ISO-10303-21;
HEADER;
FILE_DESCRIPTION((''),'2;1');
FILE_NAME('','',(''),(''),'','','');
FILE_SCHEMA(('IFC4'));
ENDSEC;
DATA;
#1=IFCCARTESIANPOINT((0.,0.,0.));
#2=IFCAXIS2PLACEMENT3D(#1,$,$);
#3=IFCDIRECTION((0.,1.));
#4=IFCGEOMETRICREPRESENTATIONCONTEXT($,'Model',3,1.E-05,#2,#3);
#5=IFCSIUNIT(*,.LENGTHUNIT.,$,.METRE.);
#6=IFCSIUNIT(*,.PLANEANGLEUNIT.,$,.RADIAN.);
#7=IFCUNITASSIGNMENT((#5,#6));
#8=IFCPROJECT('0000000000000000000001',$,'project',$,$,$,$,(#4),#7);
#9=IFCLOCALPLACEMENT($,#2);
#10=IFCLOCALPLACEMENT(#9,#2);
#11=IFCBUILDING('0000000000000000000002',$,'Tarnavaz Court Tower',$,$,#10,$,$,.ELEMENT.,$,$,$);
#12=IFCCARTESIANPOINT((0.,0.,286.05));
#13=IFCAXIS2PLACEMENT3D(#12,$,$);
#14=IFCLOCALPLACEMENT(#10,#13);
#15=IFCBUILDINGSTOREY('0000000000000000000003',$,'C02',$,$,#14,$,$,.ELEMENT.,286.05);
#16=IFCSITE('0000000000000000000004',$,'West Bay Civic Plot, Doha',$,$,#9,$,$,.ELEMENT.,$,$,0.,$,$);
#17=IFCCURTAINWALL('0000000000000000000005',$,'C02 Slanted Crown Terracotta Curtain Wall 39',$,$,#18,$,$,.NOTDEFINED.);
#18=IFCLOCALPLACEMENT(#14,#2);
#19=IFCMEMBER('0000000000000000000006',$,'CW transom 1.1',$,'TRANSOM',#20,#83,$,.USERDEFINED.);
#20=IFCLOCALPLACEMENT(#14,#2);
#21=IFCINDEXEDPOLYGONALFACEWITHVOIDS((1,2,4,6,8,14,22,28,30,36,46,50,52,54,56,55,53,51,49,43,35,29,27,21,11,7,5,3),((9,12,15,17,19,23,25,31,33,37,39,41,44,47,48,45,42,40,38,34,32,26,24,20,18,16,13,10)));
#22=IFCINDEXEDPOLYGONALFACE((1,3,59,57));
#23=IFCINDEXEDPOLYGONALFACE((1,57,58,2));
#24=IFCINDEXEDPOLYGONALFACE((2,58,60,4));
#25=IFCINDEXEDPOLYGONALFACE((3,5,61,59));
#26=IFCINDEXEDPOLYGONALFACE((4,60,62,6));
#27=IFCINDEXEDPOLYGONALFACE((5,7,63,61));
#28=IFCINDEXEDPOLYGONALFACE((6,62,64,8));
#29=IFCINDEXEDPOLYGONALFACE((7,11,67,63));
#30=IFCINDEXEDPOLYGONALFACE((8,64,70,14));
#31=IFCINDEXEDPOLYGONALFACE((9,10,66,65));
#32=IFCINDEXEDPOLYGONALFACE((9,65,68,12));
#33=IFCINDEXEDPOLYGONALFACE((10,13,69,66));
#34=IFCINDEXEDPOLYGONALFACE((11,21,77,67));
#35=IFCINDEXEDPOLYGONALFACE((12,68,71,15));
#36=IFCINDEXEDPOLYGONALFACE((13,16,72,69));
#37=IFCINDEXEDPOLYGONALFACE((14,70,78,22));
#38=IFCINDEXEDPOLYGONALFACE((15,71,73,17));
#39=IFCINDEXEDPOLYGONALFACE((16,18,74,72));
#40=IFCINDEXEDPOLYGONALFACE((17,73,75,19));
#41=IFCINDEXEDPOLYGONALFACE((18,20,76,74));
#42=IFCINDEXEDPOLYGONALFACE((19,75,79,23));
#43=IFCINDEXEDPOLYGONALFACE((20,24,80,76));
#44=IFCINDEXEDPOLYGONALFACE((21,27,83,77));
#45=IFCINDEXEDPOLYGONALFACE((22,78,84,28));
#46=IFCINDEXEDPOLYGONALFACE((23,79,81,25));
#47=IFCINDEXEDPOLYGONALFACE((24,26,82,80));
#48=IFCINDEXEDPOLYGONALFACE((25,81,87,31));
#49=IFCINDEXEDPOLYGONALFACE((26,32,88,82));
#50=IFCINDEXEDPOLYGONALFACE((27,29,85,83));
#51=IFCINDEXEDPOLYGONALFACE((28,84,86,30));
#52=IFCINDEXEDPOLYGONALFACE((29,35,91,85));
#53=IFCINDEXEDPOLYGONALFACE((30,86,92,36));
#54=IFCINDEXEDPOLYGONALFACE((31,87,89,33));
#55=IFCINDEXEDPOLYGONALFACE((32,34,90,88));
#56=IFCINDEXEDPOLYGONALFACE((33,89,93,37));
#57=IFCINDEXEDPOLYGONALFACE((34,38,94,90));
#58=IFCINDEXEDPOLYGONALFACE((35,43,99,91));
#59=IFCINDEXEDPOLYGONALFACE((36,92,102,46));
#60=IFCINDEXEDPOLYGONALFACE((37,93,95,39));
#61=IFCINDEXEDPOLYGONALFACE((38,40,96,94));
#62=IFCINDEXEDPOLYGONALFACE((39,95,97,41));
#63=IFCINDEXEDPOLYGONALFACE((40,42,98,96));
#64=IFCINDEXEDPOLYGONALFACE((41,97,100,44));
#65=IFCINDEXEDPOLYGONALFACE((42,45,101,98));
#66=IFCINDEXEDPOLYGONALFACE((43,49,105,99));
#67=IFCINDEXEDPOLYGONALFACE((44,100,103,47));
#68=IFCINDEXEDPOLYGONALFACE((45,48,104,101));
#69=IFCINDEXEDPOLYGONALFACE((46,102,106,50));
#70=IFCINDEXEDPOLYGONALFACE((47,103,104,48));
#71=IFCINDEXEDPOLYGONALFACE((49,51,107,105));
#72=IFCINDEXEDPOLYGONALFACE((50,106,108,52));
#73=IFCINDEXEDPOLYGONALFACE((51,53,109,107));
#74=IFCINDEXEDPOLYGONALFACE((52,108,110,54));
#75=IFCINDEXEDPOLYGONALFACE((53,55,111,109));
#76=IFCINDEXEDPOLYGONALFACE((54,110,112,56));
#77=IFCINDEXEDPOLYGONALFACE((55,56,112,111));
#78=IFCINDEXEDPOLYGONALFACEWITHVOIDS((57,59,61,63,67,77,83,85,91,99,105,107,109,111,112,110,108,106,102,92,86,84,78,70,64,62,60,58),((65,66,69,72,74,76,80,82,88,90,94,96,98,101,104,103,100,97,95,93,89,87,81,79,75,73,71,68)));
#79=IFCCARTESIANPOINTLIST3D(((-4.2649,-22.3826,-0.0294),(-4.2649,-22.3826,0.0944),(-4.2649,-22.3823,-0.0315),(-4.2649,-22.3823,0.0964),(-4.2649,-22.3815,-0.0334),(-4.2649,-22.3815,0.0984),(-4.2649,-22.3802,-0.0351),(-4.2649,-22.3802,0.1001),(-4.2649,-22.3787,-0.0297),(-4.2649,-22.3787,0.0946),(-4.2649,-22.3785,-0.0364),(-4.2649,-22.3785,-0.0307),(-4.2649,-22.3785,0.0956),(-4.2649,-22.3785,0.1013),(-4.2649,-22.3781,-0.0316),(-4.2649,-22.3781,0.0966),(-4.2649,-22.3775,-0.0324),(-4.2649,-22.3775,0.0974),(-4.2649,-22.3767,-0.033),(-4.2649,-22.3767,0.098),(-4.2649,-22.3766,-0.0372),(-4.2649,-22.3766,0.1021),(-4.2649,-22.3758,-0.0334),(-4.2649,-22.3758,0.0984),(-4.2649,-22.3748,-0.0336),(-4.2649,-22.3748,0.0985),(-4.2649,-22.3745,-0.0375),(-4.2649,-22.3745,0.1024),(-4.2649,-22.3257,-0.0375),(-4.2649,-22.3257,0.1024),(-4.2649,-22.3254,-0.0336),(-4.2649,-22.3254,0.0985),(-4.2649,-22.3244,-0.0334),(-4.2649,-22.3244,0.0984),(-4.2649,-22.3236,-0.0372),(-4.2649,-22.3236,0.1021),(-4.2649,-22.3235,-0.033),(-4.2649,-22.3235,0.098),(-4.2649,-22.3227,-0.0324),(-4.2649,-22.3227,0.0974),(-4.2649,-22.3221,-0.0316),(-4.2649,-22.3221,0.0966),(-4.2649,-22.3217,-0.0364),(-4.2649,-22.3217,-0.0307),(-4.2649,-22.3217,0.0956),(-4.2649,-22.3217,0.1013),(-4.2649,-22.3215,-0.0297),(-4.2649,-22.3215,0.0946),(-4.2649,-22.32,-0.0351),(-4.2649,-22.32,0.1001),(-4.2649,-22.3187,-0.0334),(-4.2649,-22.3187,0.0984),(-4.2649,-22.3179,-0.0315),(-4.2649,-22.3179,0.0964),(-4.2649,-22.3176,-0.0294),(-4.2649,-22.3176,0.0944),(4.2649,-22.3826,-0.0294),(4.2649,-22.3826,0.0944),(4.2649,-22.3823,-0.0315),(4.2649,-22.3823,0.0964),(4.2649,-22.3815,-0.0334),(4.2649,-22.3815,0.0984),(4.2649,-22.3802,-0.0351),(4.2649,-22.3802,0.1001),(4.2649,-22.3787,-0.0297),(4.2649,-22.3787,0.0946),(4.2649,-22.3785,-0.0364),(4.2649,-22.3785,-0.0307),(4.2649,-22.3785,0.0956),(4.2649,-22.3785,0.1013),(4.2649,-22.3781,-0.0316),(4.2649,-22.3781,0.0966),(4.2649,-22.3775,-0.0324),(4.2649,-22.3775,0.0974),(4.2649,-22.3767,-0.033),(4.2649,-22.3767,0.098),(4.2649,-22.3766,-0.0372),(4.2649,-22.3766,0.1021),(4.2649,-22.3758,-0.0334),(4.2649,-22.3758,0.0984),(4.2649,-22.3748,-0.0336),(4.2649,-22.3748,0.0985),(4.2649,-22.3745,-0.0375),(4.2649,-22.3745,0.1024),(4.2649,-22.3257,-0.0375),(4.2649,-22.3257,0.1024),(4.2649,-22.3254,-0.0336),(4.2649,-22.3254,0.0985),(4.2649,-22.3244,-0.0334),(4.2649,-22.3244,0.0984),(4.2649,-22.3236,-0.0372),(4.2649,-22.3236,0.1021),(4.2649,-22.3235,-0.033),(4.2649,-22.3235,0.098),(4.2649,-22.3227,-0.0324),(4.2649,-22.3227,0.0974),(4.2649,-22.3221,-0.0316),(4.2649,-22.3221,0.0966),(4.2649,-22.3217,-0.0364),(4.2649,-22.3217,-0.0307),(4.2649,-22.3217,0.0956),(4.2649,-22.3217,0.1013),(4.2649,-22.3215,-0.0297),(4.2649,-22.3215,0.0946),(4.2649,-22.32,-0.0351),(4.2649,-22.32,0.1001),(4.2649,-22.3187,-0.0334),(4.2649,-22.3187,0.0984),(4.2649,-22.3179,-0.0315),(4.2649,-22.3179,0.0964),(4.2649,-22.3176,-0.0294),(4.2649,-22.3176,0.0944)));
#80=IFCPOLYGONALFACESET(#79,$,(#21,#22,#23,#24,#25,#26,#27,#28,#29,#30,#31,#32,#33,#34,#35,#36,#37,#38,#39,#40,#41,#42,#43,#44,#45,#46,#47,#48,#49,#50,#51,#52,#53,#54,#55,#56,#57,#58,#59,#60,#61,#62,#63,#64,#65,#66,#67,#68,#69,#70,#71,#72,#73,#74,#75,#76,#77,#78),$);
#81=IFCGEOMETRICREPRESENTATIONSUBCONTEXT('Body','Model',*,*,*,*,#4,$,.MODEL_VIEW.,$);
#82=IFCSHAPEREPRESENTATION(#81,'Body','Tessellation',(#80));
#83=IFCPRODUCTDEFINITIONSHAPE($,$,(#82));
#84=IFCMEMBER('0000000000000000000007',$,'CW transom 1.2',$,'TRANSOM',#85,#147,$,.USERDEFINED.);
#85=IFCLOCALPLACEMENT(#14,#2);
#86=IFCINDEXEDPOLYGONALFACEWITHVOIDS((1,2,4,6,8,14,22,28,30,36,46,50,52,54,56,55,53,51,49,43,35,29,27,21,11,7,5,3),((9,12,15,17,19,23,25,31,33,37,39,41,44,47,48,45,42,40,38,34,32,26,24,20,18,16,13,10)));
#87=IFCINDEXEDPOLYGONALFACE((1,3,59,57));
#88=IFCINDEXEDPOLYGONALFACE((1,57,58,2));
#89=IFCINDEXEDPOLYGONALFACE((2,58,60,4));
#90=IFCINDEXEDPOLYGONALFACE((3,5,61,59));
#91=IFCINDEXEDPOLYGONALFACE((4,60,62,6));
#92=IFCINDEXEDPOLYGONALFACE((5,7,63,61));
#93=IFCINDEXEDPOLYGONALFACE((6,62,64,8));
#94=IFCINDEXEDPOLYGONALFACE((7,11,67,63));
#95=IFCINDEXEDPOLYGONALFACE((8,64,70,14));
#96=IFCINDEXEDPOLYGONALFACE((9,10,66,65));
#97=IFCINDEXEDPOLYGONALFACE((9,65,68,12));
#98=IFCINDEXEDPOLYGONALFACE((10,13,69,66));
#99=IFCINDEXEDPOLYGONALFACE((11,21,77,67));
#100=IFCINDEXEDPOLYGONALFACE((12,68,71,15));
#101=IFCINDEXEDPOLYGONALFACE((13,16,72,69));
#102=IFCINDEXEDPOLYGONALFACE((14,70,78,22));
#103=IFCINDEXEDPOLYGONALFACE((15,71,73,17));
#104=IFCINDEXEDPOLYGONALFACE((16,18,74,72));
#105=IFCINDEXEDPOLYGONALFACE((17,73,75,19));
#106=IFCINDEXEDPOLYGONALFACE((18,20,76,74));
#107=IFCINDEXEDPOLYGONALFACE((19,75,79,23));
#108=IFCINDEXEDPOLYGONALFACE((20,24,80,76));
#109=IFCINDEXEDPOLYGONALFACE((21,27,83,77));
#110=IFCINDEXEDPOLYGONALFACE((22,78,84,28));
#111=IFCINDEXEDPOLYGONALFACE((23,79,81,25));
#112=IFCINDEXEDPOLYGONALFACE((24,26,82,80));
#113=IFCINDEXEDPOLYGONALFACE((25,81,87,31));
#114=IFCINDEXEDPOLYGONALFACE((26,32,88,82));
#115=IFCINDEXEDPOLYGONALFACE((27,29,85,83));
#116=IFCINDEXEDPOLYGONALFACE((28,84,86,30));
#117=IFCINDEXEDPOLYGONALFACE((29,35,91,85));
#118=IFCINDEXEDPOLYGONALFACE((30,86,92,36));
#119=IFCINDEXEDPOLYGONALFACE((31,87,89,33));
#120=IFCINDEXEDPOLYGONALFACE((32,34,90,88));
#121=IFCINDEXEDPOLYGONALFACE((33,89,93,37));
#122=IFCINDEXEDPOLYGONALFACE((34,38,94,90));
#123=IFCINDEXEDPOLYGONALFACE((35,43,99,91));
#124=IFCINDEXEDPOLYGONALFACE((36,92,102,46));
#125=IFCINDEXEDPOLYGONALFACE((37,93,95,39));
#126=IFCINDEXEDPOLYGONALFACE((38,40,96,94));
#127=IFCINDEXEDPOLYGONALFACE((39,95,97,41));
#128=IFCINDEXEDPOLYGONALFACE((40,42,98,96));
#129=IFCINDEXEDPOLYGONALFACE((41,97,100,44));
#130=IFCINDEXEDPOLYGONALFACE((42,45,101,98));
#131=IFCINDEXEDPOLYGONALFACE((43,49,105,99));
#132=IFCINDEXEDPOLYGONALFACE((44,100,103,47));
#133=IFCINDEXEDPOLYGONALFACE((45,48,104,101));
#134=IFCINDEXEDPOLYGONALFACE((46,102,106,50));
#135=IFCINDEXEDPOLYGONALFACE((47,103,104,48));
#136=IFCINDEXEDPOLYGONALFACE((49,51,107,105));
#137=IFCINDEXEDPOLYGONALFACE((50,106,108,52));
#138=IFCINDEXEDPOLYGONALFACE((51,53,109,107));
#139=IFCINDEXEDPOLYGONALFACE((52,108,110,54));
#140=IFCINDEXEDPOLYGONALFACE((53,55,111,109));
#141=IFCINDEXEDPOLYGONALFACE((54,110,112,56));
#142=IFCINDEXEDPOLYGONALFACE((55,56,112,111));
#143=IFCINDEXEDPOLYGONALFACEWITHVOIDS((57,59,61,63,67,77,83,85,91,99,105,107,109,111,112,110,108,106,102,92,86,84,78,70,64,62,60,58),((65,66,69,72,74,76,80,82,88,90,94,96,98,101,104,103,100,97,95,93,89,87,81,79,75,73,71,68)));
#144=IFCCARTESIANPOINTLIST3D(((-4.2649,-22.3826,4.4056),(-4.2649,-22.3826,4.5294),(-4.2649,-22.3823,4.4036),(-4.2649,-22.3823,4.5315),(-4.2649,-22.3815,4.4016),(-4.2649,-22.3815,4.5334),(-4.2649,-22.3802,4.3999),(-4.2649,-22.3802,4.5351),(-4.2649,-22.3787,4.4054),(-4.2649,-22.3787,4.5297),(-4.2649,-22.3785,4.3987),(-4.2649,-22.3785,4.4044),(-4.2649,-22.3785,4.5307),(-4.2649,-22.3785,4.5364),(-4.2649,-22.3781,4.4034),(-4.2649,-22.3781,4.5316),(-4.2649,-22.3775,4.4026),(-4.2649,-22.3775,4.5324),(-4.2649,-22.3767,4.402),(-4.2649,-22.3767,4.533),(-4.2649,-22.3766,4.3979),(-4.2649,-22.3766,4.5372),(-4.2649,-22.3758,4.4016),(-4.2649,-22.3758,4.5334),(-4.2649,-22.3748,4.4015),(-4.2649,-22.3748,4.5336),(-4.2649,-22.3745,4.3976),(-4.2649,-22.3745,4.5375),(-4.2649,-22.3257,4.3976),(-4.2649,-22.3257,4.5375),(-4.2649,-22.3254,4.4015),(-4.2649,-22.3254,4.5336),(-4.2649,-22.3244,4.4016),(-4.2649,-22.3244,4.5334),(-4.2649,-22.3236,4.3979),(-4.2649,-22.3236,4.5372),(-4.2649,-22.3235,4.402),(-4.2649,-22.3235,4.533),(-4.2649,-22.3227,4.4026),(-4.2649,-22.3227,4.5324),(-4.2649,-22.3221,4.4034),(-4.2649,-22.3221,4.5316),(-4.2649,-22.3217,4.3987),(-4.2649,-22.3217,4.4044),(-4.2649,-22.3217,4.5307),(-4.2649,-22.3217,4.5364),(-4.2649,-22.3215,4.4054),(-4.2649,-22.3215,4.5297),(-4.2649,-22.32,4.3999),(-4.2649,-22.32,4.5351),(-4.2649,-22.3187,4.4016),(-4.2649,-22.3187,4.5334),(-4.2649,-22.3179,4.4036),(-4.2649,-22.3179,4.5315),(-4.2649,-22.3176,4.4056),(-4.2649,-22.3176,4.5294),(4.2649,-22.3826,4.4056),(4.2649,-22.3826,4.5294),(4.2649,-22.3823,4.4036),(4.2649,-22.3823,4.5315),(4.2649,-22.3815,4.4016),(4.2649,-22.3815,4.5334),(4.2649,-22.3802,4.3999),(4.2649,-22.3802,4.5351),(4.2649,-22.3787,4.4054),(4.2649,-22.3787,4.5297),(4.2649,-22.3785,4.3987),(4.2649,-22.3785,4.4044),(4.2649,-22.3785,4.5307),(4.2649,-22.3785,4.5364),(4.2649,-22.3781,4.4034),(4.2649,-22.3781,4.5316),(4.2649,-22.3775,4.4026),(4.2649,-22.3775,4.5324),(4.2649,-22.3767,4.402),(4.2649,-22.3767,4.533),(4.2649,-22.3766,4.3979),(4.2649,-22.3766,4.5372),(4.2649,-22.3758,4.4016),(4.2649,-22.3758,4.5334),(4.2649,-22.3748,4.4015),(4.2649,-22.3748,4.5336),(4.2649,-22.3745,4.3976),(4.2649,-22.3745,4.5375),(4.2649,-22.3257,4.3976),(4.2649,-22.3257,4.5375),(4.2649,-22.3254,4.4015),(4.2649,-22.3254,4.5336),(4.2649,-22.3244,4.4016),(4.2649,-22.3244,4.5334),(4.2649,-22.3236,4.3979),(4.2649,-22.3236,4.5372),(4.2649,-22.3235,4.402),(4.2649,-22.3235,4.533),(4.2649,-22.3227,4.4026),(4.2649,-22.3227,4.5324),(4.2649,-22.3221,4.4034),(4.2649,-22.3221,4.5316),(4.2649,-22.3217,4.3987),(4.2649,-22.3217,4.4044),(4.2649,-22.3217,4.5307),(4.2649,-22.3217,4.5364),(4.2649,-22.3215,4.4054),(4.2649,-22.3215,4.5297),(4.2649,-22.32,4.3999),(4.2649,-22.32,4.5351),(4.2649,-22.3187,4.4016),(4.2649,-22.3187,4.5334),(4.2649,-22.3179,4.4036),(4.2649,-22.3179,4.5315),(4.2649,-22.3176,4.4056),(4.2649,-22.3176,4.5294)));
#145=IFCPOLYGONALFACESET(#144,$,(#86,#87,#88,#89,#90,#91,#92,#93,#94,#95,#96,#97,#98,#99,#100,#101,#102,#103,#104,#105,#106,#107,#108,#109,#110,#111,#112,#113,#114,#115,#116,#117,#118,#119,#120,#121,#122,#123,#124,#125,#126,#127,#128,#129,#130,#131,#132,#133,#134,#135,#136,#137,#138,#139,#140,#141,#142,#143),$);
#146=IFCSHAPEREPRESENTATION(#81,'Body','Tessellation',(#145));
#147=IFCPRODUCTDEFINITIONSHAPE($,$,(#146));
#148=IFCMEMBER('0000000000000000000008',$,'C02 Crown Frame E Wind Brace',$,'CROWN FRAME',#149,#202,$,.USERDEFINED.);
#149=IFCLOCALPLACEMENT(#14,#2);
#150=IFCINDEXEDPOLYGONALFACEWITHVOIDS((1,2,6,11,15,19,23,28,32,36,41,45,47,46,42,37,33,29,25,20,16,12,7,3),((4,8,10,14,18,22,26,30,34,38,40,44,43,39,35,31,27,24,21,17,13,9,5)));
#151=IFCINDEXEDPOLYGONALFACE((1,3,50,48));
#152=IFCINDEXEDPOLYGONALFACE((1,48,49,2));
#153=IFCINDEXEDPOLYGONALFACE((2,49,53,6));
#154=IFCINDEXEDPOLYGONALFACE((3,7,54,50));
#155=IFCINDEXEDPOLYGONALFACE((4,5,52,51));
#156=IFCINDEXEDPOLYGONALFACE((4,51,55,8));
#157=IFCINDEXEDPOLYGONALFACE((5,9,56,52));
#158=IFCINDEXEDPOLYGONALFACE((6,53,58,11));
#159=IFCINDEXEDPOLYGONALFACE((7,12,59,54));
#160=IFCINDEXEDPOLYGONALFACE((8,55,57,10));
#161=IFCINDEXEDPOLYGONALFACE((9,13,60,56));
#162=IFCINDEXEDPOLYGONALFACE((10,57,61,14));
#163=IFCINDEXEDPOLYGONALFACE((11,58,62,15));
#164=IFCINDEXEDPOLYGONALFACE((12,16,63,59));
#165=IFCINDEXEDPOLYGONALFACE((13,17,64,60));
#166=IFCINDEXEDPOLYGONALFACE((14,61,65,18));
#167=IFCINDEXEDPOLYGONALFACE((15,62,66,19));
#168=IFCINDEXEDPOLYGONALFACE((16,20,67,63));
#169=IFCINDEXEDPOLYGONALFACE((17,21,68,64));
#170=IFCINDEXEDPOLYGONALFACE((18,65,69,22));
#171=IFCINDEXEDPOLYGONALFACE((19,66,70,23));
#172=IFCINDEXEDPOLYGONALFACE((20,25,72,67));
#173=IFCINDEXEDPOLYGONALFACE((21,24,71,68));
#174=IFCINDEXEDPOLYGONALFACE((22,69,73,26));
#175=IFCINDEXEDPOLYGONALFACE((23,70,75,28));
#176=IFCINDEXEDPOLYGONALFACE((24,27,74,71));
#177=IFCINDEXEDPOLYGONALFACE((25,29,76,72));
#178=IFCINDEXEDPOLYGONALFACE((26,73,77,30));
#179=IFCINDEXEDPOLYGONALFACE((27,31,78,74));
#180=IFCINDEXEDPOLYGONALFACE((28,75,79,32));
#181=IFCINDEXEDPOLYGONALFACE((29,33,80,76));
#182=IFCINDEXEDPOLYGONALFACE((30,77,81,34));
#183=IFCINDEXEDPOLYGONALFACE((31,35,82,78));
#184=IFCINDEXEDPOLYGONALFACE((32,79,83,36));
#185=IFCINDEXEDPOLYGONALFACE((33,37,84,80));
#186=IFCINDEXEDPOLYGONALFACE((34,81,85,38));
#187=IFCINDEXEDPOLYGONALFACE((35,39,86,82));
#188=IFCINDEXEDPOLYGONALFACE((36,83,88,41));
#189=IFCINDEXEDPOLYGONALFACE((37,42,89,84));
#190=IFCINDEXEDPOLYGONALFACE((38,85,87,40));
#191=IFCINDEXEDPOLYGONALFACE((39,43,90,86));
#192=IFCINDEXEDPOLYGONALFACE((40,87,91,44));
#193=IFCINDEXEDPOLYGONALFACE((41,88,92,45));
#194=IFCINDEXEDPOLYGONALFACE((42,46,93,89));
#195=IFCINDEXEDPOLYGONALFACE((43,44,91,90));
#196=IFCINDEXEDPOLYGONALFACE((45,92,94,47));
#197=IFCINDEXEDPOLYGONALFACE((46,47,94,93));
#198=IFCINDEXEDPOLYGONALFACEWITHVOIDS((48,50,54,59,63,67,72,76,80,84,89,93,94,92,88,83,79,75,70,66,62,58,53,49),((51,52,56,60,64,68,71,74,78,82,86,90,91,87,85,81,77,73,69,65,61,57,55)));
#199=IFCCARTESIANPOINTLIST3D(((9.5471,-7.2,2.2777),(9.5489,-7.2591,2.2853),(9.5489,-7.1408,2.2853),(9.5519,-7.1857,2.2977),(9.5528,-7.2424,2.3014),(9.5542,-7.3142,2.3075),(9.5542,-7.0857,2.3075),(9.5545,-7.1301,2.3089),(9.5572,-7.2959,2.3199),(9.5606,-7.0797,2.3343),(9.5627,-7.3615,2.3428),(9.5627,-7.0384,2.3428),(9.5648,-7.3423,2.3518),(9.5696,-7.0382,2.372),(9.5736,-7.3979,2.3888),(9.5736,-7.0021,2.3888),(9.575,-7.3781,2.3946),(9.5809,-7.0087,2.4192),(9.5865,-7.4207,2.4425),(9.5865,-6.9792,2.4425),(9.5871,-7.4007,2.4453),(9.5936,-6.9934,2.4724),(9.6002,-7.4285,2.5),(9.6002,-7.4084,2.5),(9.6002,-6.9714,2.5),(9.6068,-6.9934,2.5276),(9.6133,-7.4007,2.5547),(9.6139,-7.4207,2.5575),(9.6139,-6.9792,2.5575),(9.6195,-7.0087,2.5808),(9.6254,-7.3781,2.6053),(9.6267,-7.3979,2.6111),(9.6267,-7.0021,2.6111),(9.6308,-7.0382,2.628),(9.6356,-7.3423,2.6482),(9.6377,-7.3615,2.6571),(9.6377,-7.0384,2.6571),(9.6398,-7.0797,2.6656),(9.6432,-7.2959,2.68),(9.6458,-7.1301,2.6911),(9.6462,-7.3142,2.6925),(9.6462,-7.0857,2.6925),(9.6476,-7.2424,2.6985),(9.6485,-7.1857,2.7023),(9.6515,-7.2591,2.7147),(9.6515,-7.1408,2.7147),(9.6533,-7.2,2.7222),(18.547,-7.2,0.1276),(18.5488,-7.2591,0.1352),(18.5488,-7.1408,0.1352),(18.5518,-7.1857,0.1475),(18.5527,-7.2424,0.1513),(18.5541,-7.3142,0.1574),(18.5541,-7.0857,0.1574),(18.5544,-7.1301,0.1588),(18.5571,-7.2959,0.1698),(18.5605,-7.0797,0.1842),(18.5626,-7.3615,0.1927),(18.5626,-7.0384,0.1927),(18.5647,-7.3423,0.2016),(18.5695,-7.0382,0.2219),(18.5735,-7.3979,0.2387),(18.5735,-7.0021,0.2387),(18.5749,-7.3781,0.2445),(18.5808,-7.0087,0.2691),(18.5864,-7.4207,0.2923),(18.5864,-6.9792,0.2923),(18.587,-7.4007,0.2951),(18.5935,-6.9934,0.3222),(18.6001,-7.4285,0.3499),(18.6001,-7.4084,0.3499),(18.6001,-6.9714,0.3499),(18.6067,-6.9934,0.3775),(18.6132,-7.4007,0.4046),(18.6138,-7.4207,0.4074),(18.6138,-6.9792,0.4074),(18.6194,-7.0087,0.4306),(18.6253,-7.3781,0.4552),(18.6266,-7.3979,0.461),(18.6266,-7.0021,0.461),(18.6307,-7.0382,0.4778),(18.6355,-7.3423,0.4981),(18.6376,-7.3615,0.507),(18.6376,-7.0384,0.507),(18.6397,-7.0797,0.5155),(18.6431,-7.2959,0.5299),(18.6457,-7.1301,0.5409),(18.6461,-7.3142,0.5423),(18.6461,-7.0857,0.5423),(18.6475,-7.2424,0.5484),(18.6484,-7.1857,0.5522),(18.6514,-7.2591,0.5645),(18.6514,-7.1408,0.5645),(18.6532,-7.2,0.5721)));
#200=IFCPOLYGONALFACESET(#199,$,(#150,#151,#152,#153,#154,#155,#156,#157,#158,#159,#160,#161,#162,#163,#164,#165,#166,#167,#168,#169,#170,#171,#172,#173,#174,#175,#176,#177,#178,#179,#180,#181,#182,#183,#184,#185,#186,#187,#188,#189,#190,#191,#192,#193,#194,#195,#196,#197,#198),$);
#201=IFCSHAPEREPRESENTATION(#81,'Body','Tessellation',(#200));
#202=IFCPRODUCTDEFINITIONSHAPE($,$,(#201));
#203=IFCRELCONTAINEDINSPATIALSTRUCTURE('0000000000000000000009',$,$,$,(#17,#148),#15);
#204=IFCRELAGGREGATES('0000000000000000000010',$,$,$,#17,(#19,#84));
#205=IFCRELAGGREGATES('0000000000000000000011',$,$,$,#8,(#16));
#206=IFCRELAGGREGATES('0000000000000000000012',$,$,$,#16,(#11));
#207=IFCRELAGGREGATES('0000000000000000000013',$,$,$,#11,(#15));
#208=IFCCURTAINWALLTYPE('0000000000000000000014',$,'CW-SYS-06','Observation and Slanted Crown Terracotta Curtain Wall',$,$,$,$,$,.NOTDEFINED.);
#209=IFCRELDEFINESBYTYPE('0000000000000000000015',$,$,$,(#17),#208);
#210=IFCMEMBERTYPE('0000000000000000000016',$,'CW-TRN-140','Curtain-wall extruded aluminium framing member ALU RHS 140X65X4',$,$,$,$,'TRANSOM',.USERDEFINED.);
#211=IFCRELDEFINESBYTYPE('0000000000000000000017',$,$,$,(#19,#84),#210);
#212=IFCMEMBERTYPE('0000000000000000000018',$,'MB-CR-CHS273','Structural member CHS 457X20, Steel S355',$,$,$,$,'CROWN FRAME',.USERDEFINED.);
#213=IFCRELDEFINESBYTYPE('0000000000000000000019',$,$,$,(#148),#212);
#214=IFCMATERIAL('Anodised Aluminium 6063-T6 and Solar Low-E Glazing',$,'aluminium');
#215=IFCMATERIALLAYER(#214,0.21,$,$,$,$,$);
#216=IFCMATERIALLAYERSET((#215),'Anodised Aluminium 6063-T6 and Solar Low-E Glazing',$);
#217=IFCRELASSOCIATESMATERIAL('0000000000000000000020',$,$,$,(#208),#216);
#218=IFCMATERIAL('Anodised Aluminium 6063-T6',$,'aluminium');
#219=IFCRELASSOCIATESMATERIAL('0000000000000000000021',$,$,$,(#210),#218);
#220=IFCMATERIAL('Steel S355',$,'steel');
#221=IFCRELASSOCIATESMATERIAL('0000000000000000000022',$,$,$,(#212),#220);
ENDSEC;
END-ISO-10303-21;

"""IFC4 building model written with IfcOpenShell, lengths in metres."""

from ifc_helpers import new_model, si_unit, direction, frame, origin, origin_2d, place, context, subcontext, project, spatial, hollow_rectangle, hollow_circle, extrude, material, layer, layer_set, material_profile, profile_set, type_object, element, aggregate, save


model = new_model("IFC4")

# Units and contexts
model_context = context("Model", 3, precision=1e-05, world=origin(), true_north=direction((0.0, 1.0)))
body_context = subcontext(model_context, "Body", "Model", "MODEL_VIEW")
ifc_project = project(units=[si_unit("LENGTHUNIT", "METRE"), si_unit("PLANEANGLEUNIT", "RADIAN")], contexts=[model_context])

# Site, building, storey
site_placement = place(None, origin())
site = spatial("IfcSite", under=ifc_project, at=site_placement, Name="West Bay Civic Plot, Doha", CompositionType="ELEMENT", RefElevation=0.0)
building_placement = place(site_placement, origin())
building = spatial("IfcBuilding", under=site, at=building_placement, Name="Tarnavaz Court Tower", CompositionType="ELEMENT")
storey_placement = place(building_placement, frame((0.0, 0.0, 286.05)))
storey = spatial("IfcBuildingStorey", under=building, at=storey_placement, Name="C02", CompositionType="ELEMENT", Elevation=286.05)

# Shared definitions
ifc_material_1 = material(Name="Steel S355", Category="steel")

# Shared definitions
ifc_material_2 = material(Name="Anodised Aluminium 6063-T6 and Solar Low-E Glazing", Category="aluminium")
ifc_layer_1 = layer(ifc_material_2, 0.21)
ifc_layer_set_1 = layer_set([ifc_layer_1], Name="Anodised Aluminium 6063-T6 and Solar Low-E Glazing")
curtain_wall_type = type_object("IfcCurtainWallType", Name="CW-SYS-06", Description="Observation and Slanted Crown Terracotta Curtain Wall", PredefinedType="NOTDEFINED", material=ifc_layer_set_1)
ifc_material_3 = material(Name="Anodised Aluminium 6063-T6", Category="aluminium")

# Curtain wall
curtain_wall_1_placement = place(storey_placement, origin())
curtain_wall_1 = element("IfcCurtainWall", 1, at=curtain_wall_1_placement, inside=storey, type_object=curtain_wall_type, Name="C02 Slanted Crown Terracotta Curtain Wall 39", PredefinedType="NOTDEFINED")

# Members
ifc_material_profile_1 = material_profile(ifc_material_3, hollow_rectangle(XDim=0.0649, YDim=0.1399, WallThickness=0.0039, InnerFilletRadius=0.0039, OuterFilletRadius=0.0081, at=origin_2d()), Name="ALU RHS 140X65X4")
ifc_profile_set_1 = profile_set([ifc_material_profile_1], Name="Anodised Aluminium 6063-T6")
member_type_1 = type_object("IfcMemberType", Name="CW-TRN-140", Description="Curtain-wall extruded aluminium framing member ALU RHS 140X65X4", ElementType="TRANSOM", PredefinedType="USERDEFINED", material=ifc_profile_set_1)
member_1_placement = place(storey_placement, frame((4.2649, -22.3501, 0.0325), z_axis=(-1.0, 0.0, 0.0), x_axis=(0.0, -1.0, 0.0)))
member_1 = element("IfcMember", 2, at=member_1_placement, type_object=member_type_1, Name="CW transom 1.1", ObjectType="TRANSOM", PredefinedType="USERDEFINED", context=body_context, shape_type="SweptSolid", body=[
    extrude(hollow_rectangle(XDim=0.0649, YDim=0.1399, WallThickness=0.0039, InnerFilletRadius=0.0039, OuterFilletRadius=0.0081, at=origin_2d()), origin(), (0.0, 0.0, 1.0), 8.5298),
])
member_2_placement = place(storey_placement, frame((4.2649, -22.3501, 4.4675), z_axis=(-1.0, 0.0, 0.0), x_axis=(0.0, -1.0, 0.0)))
member_2 = element("IfcMember", 3, at=member_2_placement, type_object=member_type_1, Name="CW transom 1.2", ObjectType="TRANSOM", PredefinedType="USERDEFINED", context=body_context, shape_type="SweptSolid", body=[
    extrude(hollow_rectangle(XDim=0.0649, YDim=0.1399, WallThickness=0.0039, InnerFilletRadius=0.0039, OuterFilletRadius=0.0081, at=origin_2d()), origin(), (0.0, 0.0, 1.0), 8.5298),
])
ifc_material_profile_2 = material_profile(ifc_material_1, hollow_circle(Radius=0.2285, WallThickness=0.02, at=origin_2d()), Name="CHS 457X20")
ifc_profile_set_2 = profile_set([ifc_material_profile_2], Name="Steel S355")
member_type_2 = type_object("IfcMemberType", Name="MB-CR-CHS273", Description="Structural member CHS 457X20, Steel S355", ElementType="CROWN FRAME", PredefinedType="USERDEFINED", material=ifc_profile_set_2)
member_3_placement = place(storey_placement, frame((18.6001, -7.2, 0.3499), z_axis=(-0.972628, 0.0, 0.232366), x_axis=(0.0, -1.0, 0.0)))
element("IfcMember", 4, at=member_3_placement, inside=storey, type_object=member_type_2, Name="C02 Crown Frame E Wind Brace", ObjectType="CROWN FRAME", PredefinedType="USERDEFINED", context=body_context, shape_type="SweptSolid", body=[
    extrude(hollow_circle(Radius=0.2285, WallThickness=0.02, at=origin_2d()), origin(), (0.0, 0.0, 1.0), 9.2532),
])

aggregate(curtain_wall_1, [member_1, member_2])

save(model, "model.ifc")
